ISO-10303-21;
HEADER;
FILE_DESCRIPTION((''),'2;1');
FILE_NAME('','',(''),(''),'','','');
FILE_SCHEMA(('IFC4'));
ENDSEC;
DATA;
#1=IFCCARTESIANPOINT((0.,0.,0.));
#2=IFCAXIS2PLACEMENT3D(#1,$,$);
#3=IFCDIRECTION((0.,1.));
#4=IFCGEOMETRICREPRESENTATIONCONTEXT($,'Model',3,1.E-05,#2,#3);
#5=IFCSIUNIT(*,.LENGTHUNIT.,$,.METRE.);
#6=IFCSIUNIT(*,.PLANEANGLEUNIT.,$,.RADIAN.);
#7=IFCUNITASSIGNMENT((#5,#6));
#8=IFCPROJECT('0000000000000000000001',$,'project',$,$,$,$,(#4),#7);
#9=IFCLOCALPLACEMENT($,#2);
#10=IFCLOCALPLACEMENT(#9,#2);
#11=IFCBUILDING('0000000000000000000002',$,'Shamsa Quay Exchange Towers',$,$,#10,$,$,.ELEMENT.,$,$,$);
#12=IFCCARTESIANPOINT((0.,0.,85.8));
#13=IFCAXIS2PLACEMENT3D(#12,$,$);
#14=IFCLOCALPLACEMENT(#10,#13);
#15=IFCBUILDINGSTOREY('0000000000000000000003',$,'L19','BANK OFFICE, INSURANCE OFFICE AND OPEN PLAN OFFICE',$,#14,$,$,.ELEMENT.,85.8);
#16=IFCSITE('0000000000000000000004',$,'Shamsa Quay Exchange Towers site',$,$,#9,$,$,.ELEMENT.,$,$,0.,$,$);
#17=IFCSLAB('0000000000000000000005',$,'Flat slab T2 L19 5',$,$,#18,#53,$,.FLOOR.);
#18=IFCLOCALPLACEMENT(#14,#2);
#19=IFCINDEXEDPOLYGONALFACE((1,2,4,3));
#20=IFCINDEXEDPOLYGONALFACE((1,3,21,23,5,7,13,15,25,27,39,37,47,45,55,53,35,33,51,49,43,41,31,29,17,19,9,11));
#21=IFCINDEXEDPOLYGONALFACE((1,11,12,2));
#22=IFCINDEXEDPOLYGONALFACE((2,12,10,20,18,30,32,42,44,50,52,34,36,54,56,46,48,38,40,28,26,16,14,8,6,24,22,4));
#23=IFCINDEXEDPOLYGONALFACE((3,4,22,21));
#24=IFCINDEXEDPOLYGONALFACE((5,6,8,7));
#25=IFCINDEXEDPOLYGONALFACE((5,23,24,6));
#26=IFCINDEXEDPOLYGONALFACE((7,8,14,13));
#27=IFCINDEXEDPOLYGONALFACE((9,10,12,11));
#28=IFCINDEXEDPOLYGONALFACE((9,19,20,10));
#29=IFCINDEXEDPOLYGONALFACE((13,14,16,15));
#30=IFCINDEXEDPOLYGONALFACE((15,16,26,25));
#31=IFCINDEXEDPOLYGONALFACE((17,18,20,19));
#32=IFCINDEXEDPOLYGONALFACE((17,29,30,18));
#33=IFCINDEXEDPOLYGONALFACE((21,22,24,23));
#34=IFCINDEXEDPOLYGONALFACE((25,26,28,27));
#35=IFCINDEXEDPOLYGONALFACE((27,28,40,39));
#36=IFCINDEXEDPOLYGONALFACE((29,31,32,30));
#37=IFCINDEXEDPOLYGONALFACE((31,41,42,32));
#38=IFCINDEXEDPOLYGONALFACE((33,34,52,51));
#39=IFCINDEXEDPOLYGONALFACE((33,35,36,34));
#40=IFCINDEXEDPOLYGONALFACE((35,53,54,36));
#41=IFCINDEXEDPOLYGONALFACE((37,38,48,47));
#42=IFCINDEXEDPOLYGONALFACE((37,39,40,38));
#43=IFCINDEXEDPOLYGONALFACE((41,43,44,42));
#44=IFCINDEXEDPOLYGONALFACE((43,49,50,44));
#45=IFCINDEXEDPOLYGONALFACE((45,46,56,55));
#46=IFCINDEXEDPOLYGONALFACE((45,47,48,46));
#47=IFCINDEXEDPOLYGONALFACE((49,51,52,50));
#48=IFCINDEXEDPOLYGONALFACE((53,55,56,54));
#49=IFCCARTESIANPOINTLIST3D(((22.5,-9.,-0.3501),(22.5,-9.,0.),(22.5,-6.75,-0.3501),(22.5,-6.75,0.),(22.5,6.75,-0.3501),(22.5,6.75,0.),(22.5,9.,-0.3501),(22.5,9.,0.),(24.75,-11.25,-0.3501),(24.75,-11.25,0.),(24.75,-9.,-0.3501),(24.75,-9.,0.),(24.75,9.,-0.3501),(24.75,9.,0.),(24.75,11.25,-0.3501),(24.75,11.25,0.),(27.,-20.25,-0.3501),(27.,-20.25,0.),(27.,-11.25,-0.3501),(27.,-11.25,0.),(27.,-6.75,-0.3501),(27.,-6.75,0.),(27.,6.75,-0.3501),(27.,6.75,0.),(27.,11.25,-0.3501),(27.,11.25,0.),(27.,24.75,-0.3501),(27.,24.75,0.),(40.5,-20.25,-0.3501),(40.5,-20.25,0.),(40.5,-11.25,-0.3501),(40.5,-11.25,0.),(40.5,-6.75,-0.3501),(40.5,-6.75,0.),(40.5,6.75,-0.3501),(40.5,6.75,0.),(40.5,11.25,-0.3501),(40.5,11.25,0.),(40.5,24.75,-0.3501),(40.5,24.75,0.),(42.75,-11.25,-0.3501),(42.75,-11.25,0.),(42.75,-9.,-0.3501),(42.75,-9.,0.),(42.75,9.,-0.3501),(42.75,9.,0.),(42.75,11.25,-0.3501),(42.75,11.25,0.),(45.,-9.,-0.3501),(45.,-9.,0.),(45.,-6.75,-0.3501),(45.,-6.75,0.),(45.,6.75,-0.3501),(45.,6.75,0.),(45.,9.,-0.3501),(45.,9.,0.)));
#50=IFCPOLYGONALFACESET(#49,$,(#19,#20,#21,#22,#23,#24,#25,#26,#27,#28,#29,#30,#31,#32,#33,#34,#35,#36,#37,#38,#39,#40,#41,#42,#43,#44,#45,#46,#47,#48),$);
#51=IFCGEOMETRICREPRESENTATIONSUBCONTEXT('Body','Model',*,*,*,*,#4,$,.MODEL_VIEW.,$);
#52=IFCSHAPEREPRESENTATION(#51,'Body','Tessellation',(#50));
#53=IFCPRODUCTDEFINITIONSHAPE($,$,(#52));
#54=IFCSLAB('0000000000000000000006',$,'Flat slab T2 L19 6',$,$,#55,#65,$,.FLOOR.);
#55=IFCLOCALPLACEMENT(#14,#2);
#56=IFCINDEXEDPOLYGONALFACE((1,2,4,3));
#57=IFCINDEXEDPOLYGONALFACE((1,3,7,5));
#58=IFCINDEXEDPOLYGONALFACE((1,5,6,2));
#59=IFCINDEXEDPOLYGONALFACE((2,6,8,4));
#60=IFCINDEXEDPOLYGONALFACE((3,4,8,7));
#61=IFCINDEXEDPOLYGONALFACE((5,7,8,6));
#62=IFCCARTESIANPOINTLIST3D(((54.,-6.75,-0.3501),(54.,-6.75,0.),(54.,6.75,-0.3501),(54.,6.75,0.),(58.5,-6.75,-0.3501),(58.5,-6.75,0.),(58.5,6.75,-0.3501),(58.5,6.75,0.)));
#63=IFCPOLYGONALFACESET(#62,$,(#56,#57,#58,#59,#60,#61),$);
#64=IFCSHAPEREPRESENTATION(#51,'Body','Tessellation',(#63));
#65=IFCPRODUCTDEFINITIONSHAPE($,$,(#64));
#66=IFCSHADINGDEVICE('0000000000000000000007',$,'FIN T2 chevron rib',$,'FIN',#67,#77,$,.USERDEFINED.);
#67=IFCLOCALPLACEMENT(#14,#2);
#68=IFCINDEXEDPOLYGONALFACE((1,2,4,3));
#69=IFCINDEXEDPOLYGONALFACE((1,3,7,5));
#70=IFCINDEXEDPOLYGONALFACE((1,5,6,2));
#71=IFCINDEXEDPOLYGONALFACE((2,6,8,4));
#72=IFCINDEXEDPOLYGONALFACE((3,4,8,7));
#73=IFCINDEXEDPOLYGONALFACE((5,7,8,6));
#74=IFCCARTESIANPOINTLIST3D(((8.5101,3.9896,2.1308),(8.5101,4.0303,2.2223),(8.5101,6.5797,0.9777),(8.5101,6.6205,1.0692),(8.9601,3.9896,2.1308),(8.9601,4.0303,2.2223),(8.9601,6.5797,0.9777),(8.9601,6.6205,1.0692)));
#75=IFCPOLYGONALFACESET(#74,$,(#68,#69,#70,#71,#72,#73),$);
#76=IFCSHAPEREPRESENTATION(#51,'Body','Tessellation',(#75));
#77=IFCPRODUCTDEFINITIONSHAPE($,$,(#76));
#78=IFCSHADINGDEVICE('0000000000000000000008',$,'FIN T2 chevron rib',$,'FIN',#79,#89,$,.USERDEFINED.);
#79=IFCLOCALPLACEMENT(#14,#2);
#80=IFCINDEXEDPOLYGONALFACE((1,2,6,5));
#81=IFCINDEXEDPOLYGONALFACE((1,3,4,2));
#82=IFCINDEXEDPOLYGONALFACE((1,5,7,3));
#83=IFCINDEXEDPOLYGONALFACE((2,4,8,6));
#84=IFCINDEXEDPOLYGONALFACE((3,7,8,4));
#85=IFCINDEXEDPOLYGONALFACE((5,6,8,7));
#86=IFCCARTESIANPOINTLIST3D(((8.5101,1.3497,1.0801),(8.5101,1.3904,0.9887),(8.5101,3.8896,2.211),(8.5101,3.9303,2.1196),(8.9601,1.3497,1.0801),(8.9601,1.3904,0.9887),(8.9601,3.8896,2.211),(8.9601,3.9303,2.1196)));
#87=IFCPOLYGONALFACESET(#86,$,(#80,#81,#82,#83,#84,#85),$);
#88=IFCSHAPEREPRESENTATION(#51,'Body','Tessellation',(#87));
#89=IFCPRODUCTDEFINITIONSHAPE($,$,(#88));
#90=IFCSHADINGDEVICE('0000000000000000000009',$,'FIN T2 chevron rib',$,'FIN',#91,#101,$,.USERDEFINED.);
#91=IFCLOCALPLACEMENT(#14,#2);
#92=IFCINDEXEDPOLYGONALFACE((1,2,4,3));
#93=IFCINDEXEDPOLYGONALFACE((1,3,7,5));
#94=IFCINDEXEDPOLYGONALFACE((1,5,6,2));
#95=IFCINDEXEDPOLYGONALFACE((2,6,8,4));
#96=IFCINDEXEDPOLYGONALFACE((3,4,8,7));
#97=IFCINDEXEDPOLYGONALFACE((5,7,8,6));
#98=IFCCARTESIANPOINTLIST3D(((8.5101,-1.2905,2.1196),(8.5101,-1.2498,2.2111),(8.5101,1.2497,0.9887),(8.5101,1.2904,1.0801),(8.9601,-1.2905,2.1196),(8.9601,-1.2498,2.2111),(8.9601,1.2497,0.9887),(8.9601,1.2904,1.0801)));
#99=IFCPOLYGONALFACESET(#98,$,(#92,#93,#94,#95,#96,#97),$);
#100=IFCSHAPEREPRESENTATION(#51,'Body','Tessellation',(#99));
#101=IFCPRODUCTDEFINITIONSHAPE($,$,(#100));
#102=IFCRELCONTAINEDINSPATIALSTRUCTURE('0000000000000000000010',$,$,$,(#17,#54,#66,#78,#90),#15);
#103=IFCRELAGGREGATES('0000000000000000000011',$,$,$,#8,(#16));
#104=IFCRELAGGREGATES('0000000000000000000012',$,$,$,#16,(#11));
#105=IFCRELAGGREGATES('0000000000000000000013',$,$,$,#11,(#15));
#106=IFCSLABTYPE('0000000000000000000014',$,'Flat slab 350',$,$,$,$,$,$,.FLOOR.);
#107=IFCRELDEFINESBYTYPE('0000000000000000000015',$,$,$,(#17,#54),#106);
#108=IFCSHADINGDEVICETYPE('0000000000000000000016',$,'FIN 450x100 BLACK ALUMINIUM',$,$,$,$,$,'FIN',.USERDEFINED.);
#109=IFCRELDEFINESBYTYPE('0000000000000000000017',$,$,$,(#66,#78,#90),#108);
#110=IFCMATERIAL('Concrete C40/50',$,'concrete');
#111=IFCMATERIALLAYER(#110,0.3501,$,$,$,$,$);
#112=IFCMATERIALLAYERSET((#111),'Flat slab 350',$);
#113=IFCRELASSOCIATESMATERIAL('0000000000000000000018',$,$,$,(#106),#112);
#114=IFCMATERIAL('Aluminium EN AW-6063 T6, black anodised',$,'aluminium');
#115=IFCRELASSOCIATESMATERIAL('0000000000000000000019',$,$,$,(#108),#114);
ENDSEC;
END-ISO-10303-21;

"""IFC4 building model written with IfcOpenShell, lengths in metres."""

from ifc_helpers import new_model, si_unit, direction, frame, origin, origin_2d, place, context, subcontext, project, spatial, polyline, rectangle, outline, extrude, material, layer, layer_set, material_profile, profile_set, type_object, element, save


model = new_model("IFC4")

# Units and contexts
model_context = context("Model", 3, precision=1e-05, world=origin(), true_north=direction((0.0, 1.0)))
body_context = subcontext(model_context, "Body", "Model", "MODEL_VIEW")
ifc_project = project(units=[si_unit("LENGTHUNIT", "METRE"), si_unit("PLANEANGLEUNIT", "RADIAN")], contexts=[model_context])

# Site, building, storey
site_placement = place(None, origin())
site = spatial("IfcSite", under=ifc_project, at=site_placement, Name="Shamsa Quay Exchange Towers site", CompositionType="ELEMENT", RefElevation=0.0)
building_placement = place(site_placement, origin())
building = spatial("IfcBuilding", under=site, at=building_placement, Name="Shamsa Quay Exchange Towers", CompositionType="ELEMENT")
storey_placement = place(building_placement, frame((0.0, 0.0, 85.8)))
storey = spatial("IfcBuildingStorey", under=building, at=storey_placement, Name="L19", Description="BANK OFFICE, INSURANCE OFFICE AND OPEN PLAN OFFICE", CompositionType="ELEMENT", Elevation=85.8)

# Shared definitions
ifc_material_1 = material(Name="Concrete C40/50", Category="concrete")

# Slabs
ifc_layer_1 = layer(ifc_material_1, 0.3501)
ifc_layer_set_1 = layer_set([ifc_layer_1], Name="Flat slab 350")
slab_type_1 = type_object("IfcSlabType", Name="Flat slab 350", PredefinedType="FLOOR", material=ifc_layer_set_1)
slab_1_placement = place(storey_placement, frame((0.0, 0.0, -0.3501)))
element("IfcSlab", 1, at=slab_1_placement, inside=storey, type_object=slab_type_1, Name="Flat slab T2 L19 5", PredefinedType="FLOOR", context=body_context, shape_type="SweptSolid", body=[
    extrude(outline(polyline([(45.0, -9.0), (45.0, -6.75), (40.5, -6.75), (40.5, 6.75), (45.0, 6.75), (45.0, 9.0), (42.75, 9.0), (42.75, 11.25), (40.5, 11.25), (40.5, 24.75), (27.0, 24.75), (27.0, 11.25), (24.75, 11.25), (24.75, 9.0), (22.5, 9.0), (22.5, 6.75), (27.0, 6.75), (27.0, -6.75), (22.5, -6.75), (22.5, -9.0), (24.75, -9.0), (24.75, -11.25), (27.0, -11.25), (27.0, -20.25), (40.5, -20.25), (40.5, -11.25), (42.75, -11.25), (42.75, -9.0), (45.0, -9.0)])), origin(), (0.0, 0.0, 1.0), 0.3501),
])
slab_2_placement = place(storey_placement, frame((0.0, 0.0, -0.3501)))
element("IfcSlab", 2, at=slab_2_placement, inside=storey, type_object=slab_type_1, Name="Flat slab T2 L19 6", PredefinedType="FLOOR", context=body_context, shape_type="SweptSolid", body=[
    extrude(outline(polyline([(58.5, 6.75), (54.0, 6.75), (54.0, -6.75), (58.5, -6.75), (58.5, 6.75)])), origin(), (0.0, 0.0, 1.0), 0.3501),
])

# Shading devices
ifc_material_2 = material(Name="Aluminium EN AW-6063 T6, black anodised", Category="aluminium")
ifc_material_profile = material_profile(ifc_material_2, rectangle(XDim=0.45, YDim=0.1001, at=origin_2d()), Name="FIN450x100")
ifc_profile_set = profile_set([ifc_material_profile], Name="Aluminium EN AW-6063 T6, black anodised")
shading_device_type = type_object("IfcShadingDeviceType", Name="FIN 450x100 BLACK ALUMINIUM", ElementType="FIN", PredefinedType="USERDEFINED", material=ifc_profile_set)
shading_device_1_placement = place(storey_placement, frame((8.7351, 6.6001, 1.0234), z_axis=(0.0, -0.913559, 0.406706), x_axis=(1.0, 0.0, 0.0)))
element("IfcShadingDevice", 3, at=shading_device_1_placement, inside=storey, type_object=shading_device_type, Name="FIN T2 chevron rib", ObjectType="FIN", PredefinedType="USERDEFINED", context=body_context, shape_type="SweptSolid", body=[
    extrude(rectangle(XDim=0.45, YDim=0.1001, at=origin_2d()), origin(), (0.0, 0.0, 1.0), 2.8352),
])
shading_device_2_placement = place(storey_placement, frame((8.7351, 3.9099, 2.1653), z_axis=(0.0, -0.913536, -0.406758), x_axis=(1.0, 0.0, 0.0)))
element("IfcShadingDevice", 4, at=shading_device_2_placement, inside=storey, type_object=shading_device_type, Name="FIN T2 chevron rib", ObjectType="FIN", PredefinedType="USERDEFINED", context=body_context, shape_type="SweptSolid", body=[
    extrude(rectangle(XDim=0.45, YDim=0.1001, at=origin_2d()), origin(), (0.0, 0.0, 1.0), 2.7803),
])
shading_device_3_placement = place(storey_placement, frame((8.7351, 1.27, 1.0344), z_axis=(0.0, -0.913551, 0.406725), x_axis=(1.0, 0.0, 0.0)))
element("IfcShadingDevice", 5, at=shading_device_3_placement, inside=storey, type_object=shading_device_type, Name="FIN T2 chevron rib", ObjectType="FIN", PredefinedType="USERDEFINED", context=body_context, shape_type="SweptSolid", body=[
    extrude(rectangle(XDim=0.45, YDim=0.1001, at=origin_2d()), origin(), (0.0, 0.0, 1.0), 2.7805),
])

save(model, "model.ifc")
